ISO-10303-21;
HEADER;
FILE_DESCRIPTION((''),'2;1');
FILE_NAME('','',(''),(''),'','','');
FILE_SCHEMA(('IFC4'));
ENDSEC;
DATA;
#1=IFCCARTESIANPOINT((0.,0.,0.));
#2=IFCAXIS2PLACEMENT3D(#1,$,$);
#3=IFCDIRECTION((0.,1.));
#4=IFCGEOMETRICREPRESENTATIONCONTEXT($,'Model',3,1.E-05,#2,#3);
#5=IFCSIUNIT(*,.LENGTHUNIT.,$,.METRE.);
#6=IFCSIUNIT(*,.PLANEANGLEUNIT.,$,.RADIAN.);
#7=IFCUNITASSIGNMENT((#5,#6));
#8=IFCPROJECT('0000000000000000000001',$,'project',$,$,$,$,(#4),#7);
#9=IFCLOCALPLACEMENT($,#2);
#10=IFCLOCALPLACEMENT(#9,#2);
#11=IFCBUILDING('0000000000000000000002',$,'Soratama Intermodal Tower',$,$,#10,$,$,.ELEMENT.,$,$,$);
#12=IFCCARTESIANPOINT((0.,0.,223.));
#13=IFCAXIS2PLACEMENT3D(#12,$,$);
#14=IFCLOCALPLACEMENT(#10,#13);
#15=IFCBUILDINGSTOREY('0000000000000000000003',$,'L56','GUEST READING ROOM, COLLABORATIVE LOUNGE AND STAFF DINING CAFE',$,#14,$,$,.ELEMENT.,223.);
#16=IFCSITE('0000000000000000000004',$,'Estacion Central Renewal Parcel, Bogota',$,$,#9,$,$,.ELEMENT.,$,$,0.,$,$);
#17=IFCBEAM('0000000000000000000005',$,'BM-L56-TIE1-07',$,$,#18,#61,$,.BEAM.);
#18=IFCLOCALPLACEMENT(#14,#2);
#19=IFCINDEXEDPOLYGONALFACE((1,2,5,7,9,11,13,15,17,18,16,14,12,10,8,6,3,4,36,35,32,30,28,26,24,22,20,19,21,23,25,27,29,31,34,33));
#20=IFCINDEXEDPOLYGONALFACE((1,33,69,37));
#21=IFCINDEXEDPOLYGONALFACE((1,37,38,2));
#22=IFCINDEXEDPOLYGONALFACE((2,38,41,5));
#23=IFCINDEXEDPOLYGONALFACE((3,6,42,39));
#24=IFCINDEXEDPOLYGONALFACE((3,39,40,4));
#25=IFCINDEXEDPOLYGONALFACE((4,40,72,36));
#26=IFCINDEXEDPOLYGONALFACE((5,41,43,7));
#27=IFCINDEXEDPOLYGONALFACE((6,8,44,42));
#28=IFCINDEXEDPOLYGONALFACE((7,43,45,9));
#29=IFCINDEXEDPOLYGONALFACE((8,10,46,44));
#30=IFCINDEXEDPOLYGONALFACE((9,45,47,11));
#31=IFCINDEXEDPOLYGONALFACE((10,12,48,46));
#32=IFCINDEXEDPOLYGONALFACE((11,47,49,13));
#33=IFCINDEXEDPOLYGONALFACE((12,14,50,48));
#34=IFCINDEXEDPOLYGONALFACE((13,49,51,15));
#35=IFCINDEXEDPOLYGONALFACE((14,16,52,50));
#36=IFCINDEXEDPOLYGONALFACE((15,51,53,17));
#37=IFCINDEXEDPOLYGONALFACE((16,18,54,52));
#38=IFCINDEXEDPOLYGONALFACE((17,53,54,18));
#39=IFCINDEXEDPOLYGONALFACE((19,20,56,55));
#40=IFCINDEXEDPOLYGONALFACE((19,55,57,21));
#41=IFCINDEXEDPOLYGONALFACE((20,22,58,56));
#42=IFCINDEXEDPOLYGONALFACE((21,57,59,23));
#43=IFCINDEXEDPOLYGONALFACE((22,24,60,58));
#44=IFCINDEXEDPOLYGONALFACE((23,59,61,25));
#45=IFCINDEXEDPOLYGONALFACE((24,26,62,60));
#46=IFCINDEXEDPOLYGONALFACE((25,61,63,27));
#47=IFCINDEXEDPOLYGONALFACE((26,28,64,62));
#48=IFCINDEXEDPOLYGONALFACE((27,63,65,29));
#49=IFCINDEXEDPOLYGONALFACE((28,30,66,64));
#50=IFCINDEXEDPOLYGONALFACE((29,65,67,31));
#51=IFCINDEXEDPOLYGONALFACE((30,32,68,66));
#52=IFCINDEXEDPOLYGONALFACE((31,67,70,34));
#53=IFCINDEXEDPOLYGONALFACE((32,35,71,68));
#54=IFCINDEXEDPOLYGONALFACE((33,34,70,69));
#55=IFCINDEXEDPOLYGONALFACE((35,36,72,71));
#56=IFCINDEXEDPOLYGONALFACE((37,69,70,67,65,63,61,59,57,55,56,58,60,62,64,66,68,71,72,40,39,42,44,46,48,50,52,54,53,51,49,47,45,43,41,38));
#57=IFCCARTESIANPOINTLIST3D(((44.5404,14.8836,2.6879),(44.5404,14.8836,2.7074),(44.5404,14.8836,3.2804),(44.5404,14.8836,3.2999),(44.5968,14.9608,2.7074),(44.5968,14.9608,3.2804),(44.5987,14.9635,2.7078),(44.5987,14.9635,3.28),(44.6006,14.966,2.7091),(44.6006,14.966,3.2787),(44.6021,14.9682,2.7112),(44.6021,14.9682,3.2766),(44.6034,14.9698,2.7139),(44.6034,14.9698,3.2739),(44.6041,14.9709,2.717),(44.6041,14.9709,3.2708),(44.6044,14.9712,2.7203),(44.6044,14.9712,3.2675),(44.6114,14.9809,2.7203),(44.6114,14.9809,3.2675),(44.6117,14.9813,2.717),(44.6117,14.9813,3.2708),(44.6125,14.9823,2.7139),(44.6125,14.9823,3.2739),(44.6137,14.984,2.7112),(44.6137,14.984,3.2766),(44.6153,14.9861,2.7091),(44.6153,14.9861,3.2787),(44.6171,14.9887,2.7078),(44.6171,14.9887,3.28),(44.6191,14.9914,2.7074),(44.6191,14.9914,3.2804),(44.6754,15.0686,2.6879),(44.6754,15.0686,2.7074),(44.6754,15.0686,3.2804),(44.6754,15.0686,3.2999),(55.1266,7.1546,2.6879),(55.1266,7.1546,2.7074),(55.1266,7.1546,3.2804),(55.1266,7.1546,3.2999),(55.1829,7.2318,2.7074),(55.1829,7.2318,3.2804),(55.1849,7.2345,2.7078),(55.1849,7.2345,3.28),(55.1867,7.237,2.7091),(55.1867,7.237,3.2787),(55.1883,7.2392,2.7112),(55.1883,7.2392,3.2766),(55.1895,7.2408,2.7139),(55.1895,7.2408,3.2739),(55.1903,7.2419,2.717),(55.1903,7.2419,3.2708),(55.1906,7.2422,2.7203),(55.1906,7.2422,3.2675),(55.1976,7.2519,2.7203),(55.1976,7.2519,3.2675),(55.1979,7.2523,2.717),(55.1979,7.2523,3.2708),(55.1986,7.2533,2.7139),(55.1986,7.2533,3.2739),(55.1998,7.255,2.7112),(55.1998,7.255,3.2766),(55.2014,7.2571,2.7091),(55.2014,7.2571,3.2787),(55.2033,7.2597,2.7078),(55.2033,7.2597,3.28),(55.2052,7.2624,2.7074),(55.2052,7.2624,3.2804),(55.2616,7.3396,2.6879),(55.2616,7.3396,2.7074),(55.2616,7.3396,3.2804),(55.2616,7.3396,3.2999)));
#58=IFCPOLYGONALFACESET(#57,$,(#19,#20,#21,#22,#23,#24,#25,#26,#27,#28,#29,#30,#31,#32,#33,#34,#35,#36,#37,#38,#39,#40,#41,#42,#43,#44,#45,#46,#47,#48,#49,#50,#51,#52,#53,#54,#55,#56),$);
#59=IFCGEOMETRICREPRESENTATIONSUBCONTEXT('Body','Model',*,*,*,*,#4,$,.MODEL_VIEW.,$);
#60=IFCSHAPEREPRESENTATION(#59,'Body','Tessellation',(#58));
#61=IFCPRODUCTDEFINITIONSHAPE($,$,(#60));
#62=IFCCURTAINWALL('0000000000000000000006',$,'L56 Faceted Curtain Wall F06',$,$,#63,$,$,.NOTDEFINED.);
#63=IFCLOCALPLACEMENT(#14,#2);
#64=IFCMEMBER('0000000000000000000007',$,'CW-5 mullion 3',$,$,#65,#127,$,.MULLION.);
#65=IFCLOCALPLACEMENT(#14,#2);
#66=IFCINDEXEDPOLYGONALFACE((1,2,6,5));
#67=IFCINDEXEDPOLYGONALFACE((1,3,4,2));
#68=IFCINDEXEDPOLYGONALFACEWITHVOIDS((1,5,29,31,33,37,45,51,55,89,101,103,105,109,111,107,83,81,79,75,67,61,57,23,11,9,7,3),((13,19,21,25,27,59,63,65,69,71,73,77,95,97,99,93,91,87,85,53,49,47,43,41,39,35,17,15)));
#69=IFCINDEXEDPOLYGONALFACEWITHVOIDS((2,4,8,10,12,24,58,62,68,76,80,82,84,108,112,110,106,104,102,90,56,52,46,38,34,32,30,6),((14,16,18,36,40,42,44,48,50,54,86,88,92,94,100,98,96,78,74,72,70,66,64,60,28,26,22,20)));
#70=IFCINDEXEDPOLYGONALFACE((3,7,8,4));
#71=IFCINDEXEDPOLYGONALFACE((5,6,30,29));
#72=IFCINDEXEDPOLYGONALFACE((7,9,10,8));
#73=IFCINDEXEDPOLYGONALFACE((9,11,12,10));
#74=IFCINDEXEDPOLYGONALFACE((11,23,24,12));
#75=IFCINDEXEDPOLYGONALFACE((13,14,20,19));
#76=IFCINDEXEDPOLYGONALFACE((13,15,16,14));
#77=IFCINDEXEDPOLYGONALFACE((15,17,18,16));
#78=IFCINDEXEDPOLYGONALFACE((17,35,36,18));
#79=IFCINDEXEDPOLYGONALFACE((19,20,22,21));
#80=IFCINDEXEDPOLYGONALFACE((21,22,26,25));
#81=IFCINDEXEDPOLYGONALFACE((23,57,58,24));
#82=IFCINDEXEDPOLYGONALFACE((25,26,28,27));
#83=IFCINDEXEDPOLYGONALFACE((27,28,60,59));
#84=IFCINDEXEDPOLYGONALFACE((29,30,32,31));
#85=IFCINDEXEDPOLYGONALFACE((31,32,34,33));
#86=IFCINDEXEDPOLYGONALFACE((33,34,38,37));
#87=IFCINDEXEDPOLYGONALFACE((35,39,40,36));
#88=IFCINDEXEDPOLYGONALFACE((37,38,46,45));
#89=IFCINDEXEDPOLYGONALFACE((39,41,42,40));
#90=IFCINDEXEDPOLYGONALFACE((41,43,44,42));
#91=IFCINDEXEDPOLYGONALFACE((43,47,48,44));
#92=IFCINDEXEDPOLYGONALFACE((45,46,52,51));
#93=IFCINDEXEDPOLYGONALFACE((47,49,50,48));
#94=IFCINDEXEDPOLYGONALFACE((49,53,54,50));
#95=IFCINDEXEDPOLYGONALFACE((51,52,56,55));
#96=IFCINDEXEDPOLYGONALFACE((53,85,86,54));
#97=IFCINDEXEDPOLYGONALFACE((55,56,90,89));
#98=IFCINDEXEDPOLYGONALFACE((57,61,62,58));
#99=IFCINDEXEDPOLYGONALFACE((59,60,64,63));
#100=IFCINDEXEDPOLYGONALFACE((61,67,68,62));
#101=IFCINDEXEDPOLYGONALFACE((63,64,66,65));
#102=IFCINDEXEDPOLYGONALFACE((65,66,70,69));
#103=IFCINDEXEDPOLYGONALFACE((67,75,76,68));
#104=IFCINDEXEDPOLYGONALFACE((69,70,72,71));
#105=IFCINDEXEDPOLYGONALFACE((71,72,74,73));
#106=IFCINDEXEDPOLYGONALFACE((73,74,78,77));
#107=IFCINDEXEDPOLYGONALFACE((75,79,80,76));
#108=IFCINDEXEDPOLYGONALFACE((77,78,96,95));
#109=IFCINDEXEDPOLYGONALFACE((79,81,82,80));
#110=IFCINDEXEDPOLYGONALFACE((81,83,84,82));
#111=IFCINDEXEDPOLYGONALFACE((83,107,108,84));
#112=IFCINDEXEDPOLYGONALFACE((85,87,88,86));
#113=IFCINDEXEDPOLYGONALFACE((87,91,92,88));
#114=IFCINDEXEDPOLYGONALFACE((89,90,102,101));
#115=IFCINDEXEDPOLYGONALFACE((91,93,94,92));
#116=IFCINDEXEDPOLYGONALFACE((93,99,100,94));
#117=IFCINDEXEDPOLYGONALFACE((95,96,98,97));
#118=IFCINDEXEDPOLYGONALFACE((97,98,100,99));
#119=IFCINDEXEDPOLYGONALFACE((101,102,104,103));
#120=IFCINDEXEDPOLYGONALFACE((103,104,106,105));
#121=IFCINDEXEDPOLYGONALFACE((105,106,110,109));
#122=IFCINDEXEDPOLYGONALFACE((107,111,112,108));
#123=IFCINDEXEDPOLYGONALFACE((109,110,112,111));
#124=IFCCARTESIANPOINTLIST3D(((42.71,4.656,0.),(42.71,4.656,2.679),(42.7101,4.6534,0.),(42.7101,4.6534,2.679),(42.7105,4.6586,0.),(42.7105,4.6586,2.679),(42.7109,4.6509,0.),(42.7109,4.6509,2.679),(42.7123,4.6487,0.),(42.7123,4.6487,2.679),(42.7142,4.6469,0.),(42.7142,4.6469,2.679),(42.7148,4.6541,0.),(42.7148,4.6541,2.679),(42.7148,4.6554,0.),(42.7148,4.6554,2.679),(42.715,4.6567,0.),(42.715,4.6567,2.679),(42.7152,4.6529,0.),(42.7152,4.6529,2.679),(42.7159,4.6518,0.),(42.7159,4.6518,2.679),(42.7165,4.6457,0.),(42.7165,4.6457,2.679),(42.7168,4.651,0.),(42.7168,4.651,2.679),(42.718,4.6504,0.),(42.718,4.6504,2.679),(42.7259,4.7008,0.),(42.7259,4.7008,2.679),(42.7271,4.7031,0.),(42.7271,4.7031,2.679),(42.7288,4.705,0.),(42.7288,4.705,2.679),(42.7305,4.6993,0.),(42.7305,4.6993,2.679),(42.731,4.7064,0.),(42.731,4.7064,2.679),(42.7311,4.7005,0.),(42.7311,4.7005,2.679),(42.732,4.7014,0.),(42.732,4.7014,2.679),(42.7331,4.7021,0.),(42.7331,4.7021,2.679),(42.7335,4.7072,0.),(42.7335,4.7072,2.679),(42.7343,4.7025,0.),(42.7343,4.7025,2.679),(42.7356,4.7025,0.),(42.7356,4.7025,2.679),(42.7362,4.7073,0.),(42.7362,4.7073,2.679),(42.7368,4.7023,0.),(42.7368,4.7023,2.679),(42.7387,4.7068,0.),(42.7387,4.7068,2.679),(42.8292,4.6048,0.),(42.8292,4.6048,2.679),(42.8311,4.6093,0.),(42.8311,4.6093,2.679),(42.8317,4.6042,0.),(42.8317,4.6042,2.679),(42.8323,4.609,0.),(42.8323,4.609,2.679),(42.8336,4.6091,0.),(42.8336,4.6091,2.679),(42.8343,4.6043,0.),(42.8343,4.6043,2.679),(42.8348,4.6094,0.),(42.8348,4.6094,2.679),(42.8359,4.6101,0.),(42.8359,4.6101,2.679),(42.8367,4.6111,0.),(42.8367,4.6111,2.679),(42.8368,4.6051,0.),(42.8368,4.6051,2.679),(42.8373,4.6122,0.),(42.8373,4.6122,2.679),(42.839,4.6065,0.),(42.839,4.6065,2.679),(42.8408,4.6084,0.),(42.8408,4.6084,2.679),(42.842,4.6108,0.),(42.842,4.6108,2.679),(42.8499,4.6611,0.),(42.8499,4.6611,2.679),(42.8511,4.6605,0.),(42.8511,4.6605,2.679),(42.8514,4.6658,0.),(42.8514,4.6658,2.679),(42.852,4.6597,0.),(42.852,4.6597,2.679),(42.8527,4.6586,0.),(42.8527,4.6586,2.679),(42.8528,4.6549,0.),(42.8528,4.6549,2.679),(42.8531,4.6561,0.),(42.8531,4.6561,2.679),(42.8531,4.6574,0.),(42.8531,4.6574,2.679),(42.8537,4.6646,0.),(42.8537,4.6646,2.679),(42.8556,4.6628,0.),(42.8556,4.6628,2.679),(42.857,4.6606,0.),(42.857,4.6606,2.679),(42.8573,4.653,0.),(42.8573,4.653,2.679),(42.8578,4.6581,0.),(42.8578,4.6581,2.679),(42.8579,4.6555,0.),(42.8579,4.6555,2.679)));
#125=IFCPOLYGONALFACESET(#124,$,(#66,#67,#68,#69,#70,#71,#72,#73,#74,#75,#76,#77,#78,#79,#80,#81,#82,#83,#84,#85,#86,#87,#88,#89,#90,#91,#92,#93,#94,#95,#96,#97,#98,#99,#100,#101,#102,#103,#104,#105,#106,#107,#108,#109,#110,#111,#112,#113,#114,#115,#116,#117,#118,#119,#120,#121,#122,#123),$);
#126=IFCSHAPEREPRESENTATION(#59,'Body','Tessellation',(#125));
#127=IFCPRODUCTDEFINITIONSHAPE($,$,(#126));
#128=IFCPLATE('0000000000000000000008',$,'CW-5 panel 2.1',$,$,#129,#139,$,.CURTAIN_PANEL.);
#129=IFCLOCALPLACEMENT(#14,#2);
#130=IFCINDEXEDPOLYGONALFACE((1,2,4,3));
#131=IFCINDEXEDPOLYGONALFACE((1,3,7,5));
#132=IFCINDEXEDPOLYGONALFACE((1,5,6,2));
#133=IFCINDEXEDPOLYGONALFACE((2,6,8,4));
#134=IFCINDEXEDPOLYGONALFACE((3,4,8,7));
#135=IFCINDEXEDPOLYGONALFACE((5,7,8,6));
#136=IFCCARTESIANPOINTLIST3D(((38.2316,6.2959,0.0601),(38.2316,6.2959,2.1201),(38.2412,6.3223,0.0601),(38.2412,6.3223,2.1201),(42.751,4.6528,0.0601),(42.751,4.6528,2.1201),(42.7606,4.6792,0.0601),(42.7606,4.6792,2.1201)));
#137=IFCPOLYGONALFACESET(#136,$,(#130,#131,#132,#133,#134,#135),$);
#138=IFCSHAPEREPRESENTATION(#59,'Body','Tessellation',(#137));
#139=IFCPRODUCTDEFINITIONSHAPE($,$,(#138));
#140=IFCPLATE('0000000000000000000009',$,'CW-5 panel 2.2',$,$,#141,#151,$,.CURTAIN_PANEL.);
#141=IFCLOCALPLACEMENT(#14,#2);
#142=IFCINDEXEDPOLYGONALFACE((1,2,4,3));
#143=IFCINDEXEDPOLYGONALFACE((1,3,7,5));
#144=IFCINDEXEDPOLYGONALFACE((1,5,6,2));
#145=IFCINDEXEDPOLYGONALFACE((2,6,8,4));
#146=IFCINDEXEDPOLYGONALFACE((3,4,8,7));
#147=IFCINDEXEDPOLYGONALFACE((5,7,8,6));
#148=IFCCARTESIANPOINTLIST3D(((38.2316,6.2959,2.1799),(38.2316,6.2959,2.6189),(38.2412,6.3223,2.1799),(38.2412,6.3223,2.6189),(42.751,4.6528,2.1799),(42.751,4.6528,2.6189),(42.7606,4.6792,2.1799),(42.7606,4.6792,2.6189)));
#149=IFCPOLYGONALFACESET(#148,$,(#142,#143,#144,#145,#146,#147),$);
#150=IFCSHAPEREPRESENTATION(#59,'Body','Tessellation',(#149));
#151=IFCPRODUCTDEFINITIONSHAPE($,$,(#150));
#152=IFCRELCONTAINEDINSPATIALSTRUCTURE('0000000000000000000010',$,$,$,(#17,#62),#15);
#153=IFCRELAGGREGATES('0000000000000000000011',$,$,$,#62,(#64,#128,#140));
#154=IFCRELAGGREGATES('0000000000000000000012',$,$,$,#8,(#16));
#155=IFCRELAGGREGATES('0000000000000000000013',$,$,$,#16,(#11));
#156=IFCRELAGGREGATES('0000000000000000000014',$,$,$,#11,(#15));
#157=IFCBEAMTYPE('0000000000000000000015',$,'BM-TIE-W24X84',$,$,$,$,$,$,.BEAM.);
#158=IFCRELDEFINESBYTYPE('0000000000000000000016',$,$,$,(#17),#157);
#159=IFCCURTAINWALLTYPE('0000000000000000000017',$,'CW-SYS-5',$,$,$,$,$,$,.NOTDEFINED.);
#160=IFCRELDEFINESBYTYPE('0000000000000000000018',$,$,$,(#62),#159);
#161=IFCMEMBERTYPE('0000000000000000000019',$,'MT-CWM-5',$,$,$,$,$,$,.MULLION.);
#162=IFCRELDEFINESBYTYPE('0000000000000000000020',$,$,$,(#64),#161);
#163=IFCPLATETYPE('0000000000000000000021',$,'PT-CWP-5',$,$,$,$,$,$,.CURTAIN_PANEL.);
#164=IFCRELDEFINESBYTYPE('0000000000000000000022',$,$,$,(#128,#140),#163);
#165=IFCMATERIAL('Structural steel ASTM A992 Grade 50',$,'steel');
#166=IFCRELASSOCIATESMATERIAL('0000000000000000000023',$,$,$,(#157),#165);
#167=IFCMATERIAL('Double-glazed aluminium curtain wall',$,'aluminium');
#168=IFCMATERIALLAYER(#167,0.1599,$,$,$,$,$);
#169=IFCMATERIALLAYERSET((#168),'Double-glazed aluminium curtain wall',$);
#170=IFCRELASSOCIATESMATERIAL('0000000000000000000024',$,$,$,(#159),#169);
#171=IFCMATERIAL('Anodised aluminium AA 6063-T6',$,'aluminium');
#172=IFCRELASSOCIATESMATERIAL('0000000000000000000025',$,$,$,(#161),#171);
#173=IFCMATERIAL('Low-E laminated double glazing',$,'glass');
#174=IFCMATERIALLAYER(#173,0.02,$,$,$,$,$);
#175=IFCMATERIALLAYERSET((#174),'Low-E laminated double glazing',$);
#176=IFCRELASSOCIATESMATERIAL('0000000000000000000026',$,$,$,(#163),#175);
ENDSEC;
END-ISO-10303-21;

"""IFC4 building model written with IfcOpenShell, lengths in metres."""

from ifc_helpers import new_model, si_unit, direction, frame, origin, origin_2d, place, context, subcontext, project, spatial, rectangle, hollow_rectangle, i_section, extrude, material, layer, layer_set, material_profile, profile_set, type_object, element, aggregate, save


model = new_model("IFC4")

# Units and contexts
model_context = context("Model", 3, precision=1e-05, world=origin(), true_north=direction((0.0, 1.0)))
body_context = subcontext(model_context, "Body", "Model", "MODEL_VIEW")
ifc_project = project(units=[si_unit("LENGTHUNIT", "METRE"), si_unit("PLANEANGLEUNIT", "RADIAN")], contexts=[model_context])

# Site, building, storey
site_placement = place(None, origin())
site = spatial("IfcSite", under=ifc_project, at=site_placement, Name="Estacion Central Renewal Parcel, Bogota", CompositionType="ELEMENT", RefElevation=0.0)
building_placement = place(site_placement, origin())
building = spatial("IfcBuilding", under=site, at=building_placement, Name="Soratama Intermodal Tower", CompositionType="ELEMENT")
storey_placement = place(building_placement, frame((0.0, 0.0, 223.0)))
storey = spatial("IfcBuildingStorey", under=building, at=storey_placement, Name="L56", Description="GUEST READING ROOM, COLLABORATIVE LOUNGE AND STAFF DINING CAFE", CompositionType="ELEMENT", Elevation=223.0)

# Beam
ifc_material_1 = material(Name="Structural steel ASTM A992 Grade 50", Category="steel")
ifc_material_profile_1 = material_profile(ifc_material_1, i_section(OverallWidth=0.229, OverallDepth=0.6121, WebThickness=0.012, FlangeThickness=0.0195, FilletRadius=0.0129, at=origin_2d()), Name="W24X84")
ifc_profile_set_1 = profile_set([ifc_material_profile_1], Name="Structural steel ASTM A992 Grade 50")
beam_type_1 = type_object("IfcBeamType", Name="BM-TIE-W24X84", PredefinedType="BEAM", material=ifc_profile_set_1)
beam_1_placement = place(storey_placement, frame((44.6079, 14.9761, 2.9939), z_axis=(0.807647, -0.589666, 0.0), x_axis=(0.589666, 0.807647, 0.0)))
element("IfcBeam", 1, at=beam_1_placement, inside=storey, type_object=beam_type_1, Name="BM-L56-TIE1-07", PredefinedType="BEAM", context=body_context, shape_type="SweptSolid", body=[
    extrude(i_section(OverallWidth=0.229, OverallDepth=0.6121, WebThickness=0.012, FlangeThickness=0.0195, FilletRadius=0.0129, at=origin_2d()), origin(), (0.0, 0.0, 1.0), 13.1074),
])

# Curtain wall, member, plates
ifc_material_2 = material(Name="Double-glazed aluminium curtain wall", Category="aluminium")
ifc_layer_1 = layer(ifc_material_2, 0.1599)
ifc_layer_set_1 = layer_set([ifc_layer_1], Name="Double-glazed aluminium curtain wall")
curtain_wall_type = type_object("IfcCurtainWallType", Name="CW-SYS-5", PredefinedType="NOTDEFINED", material=ifc_layer_set_1)
curtain_wall_placement = place(storey_placement, origin())
curtain_wall = element("IfcCurtainWall", 2, at=curtain_wall_placement, inside=storey, type_object=curtain_wall_type, Name="L56 Faceted Curtain Wall F06", PredefinedType="NOTDEFINED")
ifc_material_3 = material(Name="Anodised aluminium AA 6063-T6", Category="aluminium")
ifc_material_profile_2 = material_profile(ifc_material_3, hollow_rectangle(XDim=0.0649, YDim=0.1399, WallThickness=0.0049, InnerFilletRadius=0.0049, OuterFilletRadius=0.01, at=origin_2d()), Name="CWM140X65X5")
ifc_profile_set_2 = profile_set([ifc_material_profile_2], Name="Anodised aluminium AA 6063-T6")
member_type = type_object("IfcMemberType", Name="MT-CWM-5", PredefinedType="MULLION", material=ifc_profile_set_2)
member_placement = place(storey_placement, frame((42.7839, 4.6558, 0.0), z_axis=(0.0, 0.0, 1.0), x_axis=(0.341696, 0.939811, 0.0)))
member = element("IfcMember", 3, at=member_placement, type_object=member_type, Name="CW-5 mullion 3", PredefinedType="MULLION", context=body_context, shape_type="SweptSolid", body=[
    extrude(hollow_rectangle(XDim=0.0649, YDim=0.1399, WallThickness=0.0049, InnerFilletRadius=0.0049, OuterFilletRadius=0.01, at=origin_2d()), origin(), (0.0, 0.0, 1.0), 2.679),
])
ifc_material_4 = material(Name="Low-E laminated double glazing", Category="glass")
ifc_layer_2 = layer(ifc_material_4, 0.02)
ifc_layer_set_2 = layer_set([ifc_layer_2], Name="Low-E laminated double glazing")
plate_type = type_object("IfcPlateType", Name="PT-CWP-5", PredefinedType="CURTAIN_PANEL", material=ifc_layer_set_2)
plate_1_placement = place(storey_placement, frame((40.4961, 5.4875, 0.0601), z_axis=(0.0, 0.0, 1.0), x_axis=(0.939811, -0.341696, 0.0)))
plate_1 = element("IfcPlate", 4, at=plate_1_placement, type_object=plate_type, Name="CW-5 panel 2.1", PredefinedType="CURTAIN_PANEL", context=body_context, shape_type="SweptSolid", body=[
    extrude(rectangle(XDim=4.8088, YDim=0.0281, at=origin_2d()), origin(), (0.0, 0.0, 1.0), 2.0601),
])
plate_2_placement = place(storey_placement, frame((40.4961, 5.4875, 2.1799), z_axis=(0.0, 0.0, 1.0), x_axis=(0.939811, -0.341696, 0.0)))
plate_2 = element("IfcPlate", 5, at=plate_2_placement, type_object=plate_type, Name="CW-5 panel 2.2", PredefinedType="CURTAIN_PANEL", context=body_context, shape_type="SweptSolid", body=[
    extrude(rectangle(XDim=4.8088, YDim=0.0281, at=origin_2d()), origin(), (0.0, 0.0, 1.0), 0.439),
])
aggregate(curtain_wall, [member, plate_1, plate_2])

save(model, "model.ifc")
